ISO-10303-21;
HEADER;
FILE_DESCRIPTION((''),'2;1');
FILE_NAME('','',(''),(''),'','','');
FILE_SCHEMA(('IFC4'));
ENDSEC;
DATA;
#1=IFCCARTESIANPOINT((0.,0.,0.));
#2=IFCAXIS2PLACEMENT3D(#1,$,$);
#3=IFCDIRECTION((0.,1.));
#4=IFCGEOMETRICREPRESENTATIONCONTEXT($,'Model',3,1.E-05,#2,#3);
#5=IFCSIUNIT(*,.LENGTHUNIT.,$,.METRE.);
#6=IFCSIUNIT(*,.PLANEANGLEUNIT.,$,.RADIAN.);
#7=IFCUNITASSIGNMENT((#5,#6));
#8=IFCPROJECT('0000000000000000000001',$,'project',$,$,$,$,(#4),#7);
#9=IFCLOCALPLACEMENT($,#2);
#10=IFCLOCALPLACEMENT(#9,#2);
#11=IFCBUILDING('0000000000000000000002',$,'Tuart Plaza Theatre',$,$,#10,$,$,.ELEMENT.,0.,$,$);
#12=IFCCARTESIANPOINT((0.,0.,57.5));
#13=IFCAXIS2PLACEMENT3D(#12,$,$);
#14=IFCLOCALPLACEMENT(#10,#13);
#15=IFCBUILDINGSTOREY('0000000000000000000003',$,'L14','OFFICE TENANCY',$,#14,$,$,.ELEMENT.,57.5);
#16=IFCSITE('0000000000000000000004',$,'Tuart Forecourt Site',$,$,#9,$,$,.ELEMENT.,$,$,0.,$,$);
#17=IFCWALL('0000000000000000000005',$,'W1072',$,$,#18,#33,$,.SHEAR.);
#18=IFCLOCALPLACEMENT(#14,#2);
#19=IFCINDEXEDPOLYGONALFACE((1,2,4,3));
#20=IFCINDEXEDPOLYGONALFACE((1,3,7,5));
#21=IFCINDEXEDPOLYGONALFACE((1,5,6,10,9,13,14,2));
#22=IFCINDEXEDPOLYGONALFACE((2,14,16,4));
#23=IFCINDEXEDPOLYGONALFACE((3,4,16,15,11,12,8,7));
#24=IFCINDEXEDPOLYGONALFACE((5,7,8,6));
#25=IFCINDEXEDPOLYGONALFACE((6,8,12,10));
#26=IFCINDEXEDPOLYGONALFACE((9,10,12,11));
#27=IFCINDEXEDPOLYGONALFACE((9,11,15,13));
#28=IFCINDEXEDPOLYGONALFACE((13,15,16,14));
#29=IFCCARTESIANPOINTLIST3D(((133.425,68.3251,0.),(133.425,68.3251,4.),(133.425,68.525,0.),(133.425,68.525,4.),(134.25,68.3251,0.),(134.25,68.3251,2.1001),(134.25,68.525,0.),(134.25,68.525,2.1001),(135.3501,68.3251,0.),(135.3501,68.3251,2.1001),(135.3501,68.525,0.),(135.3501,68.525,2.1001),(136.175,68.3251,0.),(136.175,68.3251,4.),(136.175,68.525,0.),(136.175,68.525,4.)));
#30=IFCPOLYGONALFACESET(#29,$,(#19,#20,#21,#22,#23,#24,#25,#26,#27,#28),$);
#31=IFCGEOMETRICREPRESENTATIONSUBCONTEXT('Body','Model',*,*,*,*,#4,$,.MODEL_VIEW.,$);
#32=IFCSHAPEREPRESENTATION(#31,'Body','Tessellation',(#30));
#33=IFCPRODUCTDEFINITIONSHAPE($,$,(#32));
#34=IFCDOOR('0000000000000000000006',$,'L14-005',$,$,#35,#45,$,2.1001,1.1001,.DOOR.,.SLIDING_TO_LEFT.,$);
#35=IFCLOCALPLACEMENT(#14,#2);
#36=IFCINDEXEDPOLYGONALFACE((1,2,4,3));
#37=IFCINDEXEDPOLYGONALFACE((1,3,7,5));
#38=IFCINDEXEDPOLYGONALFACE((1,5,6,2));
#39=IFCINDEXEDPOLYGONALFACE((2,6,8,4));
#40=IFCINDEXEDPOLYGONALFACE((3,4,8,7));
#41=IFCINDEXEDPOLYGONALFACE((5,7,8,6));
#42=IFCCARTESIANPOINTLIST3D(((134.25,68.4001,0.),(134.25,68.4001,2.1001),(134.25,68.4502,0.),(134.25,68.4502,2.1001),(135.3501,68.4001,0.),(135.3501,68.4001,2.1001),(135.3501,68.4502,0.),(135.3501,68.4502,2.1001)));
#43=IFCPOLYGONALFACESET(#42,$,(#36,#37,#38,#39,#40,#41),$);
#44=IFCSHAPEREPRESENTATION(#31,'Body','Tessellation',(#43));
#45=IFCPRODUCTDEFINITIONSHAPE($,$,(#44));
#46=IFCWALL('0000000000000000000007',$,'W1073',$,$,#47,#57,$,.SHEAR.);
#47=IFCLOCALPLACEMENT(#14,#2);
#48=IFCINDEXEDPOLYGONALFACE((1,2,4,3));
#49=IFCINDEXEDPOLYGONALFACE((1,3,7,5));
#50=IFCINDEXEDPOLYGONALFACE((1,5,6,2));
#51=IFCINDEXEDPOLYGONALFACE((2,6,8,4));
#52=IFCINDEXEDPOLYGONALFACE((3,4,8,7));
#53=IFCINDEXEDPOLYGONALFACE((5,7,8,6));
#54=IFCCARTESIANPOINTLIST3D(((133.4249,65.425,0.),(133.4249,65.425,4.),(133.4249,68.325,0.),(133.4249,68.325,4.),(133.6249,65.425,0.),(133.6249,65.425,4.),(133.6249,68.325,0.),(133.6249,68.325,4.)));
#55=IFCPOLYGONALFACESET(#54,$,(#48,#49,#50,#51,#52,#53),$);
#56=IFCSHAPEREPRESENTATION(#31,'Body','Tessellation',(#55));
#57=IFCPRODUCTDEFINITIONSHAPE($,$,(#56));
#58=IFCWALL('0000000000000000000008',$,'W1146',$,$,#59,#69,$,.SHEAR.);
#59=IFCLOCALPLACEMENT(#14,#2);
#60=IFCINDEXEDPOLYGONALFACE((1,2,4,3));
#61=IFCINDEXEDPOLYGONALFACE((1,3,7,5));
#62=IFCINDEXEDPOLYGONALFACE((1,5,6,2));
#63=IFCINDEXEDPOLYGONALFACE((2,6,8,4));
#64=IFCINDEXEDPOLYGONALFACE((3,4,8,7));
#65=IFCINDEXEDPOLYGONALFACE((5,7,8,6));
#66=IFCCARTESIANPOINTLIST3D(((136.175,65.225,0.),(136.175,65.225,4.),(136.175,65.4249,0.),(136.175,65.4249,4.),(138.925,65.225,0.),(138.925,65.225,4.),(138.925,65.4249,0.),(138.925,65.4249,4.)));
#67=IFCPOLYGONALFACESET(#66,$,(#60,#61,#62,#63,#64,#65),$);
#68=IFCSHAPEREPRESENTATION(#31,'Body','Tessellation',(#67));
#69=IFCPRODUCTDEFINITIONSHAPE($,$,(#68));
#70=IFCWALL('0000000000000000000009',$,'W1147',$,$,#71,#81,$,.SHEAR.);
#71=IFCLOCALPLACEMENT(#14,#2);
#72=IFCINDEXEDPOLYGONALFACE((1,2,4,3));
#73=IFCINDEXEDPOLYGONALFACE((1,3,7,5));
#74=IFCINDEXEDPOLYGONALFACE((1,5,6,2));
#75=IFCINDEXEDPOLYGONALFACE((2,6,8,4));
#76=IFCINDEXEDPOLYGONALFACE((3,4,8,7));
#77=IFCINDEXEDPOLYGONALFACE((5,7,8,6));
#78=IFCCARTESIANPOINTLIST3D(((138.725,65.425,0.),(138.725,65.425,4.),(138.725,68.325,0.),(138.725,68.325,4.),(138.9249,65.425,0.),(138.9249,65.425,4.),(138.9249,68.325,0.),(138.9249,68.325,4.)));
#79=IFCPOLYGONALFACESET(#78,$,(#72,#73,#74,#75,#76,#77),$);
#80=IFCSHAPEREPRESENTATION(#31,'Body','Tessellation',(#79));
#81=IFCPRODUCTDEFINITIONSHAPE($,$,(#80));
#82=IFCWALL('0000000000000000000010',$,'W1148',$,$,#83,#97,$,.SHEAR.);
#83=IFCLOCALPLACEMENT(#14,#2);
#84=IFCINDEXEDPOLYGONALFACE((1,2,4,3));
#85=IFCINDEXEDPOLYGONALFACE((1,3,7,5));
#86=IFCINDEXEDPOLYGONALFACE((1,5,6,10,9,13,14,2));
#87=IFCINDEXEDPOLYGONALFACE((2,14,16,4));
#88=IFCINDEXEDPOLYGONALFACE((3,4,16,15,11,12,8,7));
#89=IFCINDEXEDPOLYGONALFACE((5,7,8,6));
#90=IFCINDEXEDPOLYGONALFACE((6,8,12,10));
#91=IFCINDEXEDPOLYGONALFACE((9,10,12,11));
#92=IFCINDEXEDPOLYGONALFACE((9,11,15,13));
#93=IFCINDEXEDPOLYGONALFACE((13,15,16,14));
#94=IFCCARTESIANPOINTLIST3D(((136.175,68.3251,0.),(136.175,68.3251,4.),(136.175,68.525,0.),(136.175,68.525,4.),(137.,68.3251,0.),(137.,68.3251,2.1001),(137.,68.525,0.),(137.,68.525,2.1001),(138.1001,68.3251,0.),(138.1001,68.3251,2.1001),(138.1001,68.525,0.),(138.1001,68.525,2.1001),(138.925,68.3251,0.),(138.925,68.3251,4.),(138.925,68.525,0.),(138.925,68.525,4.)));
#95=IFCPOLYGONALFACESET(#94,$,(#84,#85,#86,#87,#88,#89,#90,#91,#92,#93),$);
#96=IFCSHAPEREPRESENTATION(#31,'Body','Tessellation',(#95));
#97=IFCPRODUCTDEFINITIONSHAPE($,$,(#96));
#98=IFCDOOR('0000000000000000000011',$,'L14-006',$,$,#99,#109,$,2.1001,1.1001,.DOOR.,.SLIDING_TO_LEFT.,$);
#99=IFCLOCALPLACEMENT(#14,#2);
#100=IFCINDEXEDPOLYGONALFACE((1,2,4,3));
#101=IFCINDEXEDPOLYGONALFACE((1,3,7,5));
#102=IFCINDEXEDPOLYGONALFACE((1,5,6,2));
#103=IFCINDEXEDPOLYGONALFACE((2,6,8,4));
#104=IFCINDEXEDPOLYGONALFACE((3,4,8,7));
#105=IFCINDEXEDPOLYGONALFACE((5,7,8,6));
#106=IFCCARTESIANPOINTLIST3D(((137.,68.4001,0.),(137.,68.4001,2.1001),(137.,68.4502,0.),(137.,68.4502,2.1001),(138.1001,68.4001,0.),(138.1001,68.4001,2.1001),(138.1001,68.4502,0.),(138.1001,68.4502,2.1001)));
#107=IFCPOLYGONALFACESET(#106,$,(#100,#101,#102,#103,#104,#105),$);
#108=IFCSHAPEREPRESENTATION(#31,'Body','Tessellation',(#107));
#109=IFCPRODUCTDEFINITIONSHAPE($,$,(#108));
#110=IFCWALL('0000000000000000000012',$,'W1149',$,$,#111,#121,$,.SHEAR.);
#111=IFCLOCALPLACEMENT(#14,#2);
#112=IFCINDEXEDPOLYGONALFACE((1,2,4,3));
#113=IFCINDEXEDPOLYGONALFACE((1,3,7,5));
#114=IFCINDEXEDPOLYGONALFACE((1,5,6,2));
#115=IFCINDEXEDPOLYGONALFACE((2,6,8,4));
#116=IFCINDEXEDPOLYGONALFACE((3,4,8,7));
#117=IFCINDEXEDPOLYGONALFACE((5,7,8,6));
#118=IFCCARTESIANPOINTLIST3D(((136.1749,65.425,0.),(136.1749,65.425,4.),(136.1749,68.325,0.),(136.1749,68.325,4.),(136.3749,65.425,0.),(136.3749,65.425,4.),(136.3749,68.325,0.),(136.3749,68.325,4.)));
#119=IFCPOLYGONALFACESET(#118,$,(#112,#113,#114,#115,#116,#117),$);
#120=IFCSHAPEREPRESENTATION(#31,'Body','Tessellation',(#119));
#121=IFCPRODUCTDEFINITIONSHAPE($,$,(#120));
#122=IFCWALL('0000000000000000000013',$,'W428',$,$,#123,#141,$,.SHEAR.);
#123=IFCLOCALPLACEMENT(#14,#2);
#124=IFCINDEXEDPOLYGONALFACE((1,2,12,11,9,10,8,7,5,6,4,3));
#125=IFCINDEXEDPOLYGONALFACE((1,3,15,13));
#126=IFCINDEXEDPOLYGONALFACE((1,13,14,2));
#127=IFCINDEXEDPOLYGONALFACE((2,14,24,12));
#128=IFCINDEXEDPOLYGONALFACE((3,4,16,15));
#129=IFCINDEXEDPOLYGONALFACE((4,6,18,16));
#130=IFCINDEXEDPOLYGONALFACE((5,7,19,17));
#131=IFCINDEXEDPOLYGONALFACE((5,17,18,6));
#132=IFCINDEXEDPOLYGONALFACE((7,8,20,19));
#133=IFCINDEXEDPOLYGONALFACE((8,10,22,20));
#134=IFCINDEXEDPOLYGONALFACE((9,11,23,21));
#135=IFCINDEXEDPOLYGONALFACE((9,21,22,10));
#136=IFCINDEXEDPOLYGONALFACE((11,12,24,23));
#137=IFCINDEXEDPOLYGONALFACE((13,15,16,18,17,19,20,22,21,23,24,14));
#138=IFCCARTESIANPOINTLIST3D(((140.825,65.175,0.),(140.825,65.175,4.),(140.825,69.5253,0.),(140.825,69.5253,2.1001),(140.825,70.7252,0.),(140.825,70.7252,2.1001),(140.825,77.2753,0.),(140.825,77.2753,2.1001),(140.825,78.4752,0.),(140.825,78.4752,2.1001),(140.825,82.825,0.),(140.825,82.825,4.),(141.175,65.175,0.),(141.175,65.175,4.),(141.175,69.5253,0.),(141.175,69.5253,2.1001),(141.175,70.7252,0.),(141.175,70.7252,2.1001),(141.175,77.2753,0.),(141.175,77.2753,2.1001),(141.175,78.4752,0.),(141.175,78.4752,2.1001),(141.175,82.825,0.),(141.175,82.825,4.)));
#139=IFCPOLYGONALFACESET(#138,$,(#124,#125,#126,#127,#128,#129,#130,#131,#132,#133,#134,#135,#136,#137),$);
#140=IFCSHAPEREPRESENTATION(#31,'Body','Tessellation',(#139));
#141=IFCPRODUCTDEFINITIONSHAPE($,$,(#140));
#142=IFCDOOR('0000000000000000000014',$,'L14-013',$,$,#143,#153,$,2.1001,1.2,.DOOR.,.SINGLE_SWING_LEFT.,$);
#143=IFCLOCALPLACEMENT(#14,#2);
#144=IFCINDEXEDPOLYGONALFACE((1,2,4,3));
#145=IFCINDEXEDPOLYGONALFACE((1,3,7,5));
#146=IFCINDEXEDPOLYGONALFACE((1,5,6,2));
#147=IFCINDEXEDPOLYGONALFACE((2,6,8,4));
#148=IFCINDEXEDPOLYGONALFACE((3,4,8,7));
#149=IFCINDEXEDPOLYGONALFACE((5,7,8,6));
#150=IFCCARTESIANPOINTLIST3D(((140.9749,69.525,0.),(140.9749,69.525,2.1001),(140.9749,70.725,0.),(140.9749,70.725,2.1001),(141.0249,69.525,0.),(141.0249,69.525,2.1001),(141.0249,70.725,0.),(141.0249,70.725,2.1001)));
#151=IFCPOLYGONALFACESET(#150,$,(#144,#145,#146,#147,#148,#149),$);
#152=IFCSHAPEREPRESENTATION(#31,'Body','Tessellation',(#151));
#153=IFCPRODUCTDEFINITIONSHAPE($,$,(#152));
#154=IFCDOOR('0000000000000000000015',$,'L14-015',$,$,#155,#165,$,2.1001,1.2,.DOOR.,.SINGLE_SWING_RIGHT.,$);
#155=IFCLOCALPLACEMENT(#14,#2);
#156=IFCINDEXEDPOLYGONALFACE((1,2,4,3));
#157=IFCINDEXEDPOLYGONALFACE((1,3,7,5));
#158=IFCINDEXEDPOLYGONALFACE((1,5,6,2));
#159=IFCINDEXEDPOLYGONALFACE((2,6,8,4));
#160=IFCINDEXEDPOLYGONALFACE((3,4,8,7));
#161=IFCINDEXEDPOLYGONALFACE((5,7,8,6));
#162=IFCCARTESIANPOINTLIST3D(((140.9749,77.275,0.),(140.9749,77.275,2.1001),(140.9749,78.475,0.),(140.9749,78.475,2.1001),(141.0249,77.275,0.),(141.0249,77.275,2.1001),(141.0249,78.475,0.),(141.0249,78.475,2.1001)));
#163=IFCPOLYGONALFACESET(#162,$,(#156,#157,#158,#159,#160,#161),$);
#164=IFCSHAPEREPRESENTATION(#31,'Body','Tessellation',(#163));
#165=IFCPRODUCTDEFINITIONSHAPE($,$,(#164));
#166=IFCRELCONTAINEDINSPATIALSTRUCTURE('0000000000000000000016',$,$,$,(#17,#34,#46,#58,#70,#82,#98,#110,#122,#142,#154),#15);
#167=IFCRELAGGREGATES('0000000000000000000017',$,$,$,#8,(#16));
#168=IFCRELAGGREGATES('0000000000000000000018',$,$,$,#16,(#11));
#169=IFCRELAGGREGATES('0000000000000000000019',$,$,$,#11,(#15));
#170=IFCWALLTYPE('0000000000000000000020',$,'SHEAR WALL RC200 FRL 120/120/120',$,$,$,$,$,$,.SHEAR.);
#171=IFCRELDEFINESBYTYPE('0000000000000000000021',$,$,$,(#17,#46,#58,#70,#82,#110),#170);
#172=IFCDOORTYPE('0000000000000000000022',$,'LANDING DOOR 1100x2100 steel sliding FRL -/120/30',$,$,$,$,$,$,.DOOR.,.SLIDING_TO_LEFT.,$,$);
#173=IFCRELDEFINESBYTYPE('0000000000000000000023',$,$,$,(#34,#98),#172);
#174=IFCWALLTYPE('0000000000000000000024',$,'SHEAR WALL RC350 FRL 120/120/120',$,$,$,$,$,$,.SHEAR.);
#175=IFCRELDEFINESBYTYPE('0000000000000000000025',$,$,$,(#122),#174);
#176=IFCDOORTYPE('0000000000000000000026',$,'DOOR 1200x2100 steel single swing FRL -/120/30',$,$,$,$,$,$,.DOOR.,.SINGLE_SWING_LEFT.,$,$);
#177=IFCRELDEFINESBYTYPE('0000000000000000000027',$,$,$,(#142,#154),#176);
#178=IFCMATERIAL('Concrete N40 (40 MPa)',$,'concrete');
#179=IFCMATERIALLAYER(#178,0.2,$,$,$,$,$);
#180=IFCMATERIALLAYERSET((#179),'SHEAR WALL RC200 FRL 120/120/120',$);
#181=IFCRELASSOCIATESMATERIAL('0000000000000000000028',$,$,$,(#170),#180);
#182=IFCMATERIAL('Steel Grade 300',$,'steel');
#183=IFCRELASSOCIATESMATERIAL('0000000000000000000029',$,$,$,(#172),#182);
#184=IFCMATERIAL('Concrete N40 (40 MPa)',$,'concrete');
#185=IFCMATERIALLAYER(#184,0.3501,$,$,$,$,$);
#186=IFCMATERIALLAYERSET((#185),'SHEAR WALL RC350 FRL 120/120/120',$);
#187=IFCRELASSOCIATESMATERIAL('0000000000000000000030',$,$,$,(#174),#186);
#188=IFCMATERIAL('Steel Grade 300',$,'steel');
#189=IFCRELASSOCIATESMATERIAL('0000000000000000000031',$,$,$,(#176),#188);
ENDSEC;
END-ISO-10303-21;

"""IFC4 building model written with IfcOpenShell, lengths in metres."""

from ifc_helpers import new_model, si_unit, direction, frame, frame_2d, origin, place, context, subcontext, project, spatial, rectangle, extrude, material, layer, layer_set, type_object, element, fill, save


model = new_model("IFC4")

# Units and contexts
model_context = context("Model", 3, precision=1e-05, world=origin(), true_north=direction((0.0, 1.0)))
body_context = subcontext(model_context, "Body", "Model", "MODEL_VIEW")
ifc_project = project(units=[si_unit("LENGTHUNIT", "METRE"), si_unit("PLANEANGLEUNIT", "RADIAN")], contexts=[model_context])

# Site, building, storey
site_placement = place(None, origin())
site = spatial("IfcSite", under=ifc_project, at=site_placement, Name="Tuart Forecourt Site", CompositionType="ELEMENT", RefElevation=0.0)
building_placement = place(site_placement, origin())
building = spatial("IfcBuilding", under=site, at=building_placement, Name="Tuart Plaza Theatre", CompositionType="ELEMENT", ElevationOfRefHeight=0.0)
storey_placement = place(building_placement, frame((0.0, 0.0, 57.5)))
storey = spatial("IfcBuildingStorey", under=building, at=storey_placement, Name="L14", Description="OFFICE TENANCY", CompositionType="ELEMENT", Elevation=57.5)

# Shared definitions
ifc_material_1 = material(Name="Concrete N40 (40 MPa)", Category="concrete")
ifc_layer_1 = layer(ifc_material_1, 0.2)
ifc_layer_set_1 = layer_set([ifc_layer_1], Name="SHEAR WALL RC200 FRL 120/120/120")
wall_type_1 = type_object("IfcWallType", Name="SHEAR WALL RC200 FRL 120/120/120", PredefinedType="SHEAR", material=ifc_layer_set_1)

# Wall, opening, door
wall_1_placement = place(storey_placement, frame((136.175, 68.425, 0.0), z_axis=(0.0, 0.0, 1.0), x_axis=(-1.0, 0.0, 0.0)))
wall_1 = element("IfcWall", 1, at=wall_1_placement, inside=storey, type_object=wall_type_1, Name="W1072", PredefinedType="SHEAR", context=body_context, shape_type="SweptSolid", body=[
    extrude(rectangle(XDim=2.75, YDim=0.2, at=frame_2d((1.375, 0.0))), origin(), (0.0, 0.0, 1.0), 4.0),
])
opening_1_placement = place(wall_1_placement, frame((0.825, 0.0, 0.0)))
opening_1 = element("IfcOpeningElement", 2, at=opening_1_placement, cuts=wall_1, PredefinedType="OPENING", context=body_context, shape_type="SweptSolid", body=[
    extrude(rectangle(XDim=1.1001, YDim=2.1001, at=frame_2d((0.55, 1.05))), frame((0.0, 0.1099, 0.0), z_axis=(0.0, -1.0, 0.0), x_axis=(1.0, 0.0, 0.0)), (0.0, 0.0, 1.0), 0.22),
])
ifc_material_2 = material(Name="Steel Grade 300", Category="steel")
door_type_1 = type_object("IfcDoorType", Name="LANDING DOOR 1100x2100 steel sliding FRL -/120/30", OperationType="SLIDING_TO_LEFT", PredefinedType="DOOR", material=ifc_material_2)
door_1_placement = place(opening_1_placement, origin())
door_1 = element("IfcDoor", 3, at=door_1_placement, inside=storey, type_object=door_type_1, Name="L14-005", OperationType="SLIDING_TO_LEFT", OverallHeight=2.1001, OverallWidth=1.1001, PredefinedType="DOOR", context=body_context, shape_type="SweptSolid", body=[
    extrude(rectangle(XDim=1.1001, YDim=2.1001, at=frame_2d((0.55, 1.05))), frame((0.0, 0.0249, 0.0), z_axis=(0.0, -1.0, 0.0), x_axis=(1.0, 0.0, 0.0)), (0.0, 0.0, 1.0), 0.05),
])
fill(opening_1, door_1)

# Walls
wall_2_placement = place(storey_placement, frame((133.5249, 68.325, 0.0), z_axis=(0.0, 0.0, 1.0), x_axis=(0.0, -1.0, 0.0)))
element("IfcWall", 4, at=wall_2_placement, inside=storey, type_object=wall_type_1, Name="W1073", PredefinedType="SHEAR", context=body_context, shape_type="SweptSolid", body=[
    extrude(rectangle(XDim=2.8999, YDim=0.2, at=frame_2d((1.45, 0.0))), origin(), (0.0, 0.0, 1.0), 4.0),
])
wall_3_placement = place(storey_placement, frame((136.175, 65.325, 0.0), z_axis=(0.0, 0.0, 1.0), x_axis=(1.0, 0.0, 0.0)))
element("IfcWall", 5, at=wall_3_placement, inside=storey, type_object=wall_type_1, Name="W1146", PredefinedType="SHEAR", context=body_context, shape_type="SweptSolid", body=[
    extrude(rectangle(XDim=2.75, YDim=0.2, at=frame_2d((1.375, 0.0))), origin(), (0.0, 0.0, 1.0), 4.0),
])
wall_4_placement = place(storey_placement, frame((138.825, 65.425, 0.0), z_axis=(0.0, 0.0, 1.0), x_axis=(0.0, 1.0, 0.0)))
element("IfcWall", 6, at=wall_4_placement, inside=storey, type_object=wall_type_1, Name="W1147", PredefinedType="SHEAR", context=body_context, shape_type="SweptSolid", body=[
    extrude(rectangle(XDim=2.8999, YDim=0.2, at=frame_2d((1.45, 0.0))), origin(), (0.0, 0.0, 1.0), 4.0),
])

# Wall, opening, door
wall_5_placement = place(storey_placement, frame((138.925, 68.425, 0.0), z_axis=(0.0, 0.0, 1.0), x_axis=(-1.0, 0.0, 0.0)))
wall_5 = element("IfcWall", 7, at=wall_5_placement, inside=storey, type_object=wall_type_1, Name="W1148", PredefinedType="SHEAR", context=body_context, shape_type="SweptSolid", body=[
    extrude(rectangle(XDim=2.75, YDim=0.2, at=frame_2d((1.375, 0.0))), origin(), (0.0, 0.0, 1.0), 4.0),
])
opening_2_placement = place(wall_5_placement, frame((0.825, 0.0, 0.0)))
opening_2 = element("IfcOpeningElement", 8, at=opening_2_placement, cuts=wall_5, PredefinedType="OPENING", context=body_context, shape_type="SweptSolid", body=[
    extrude(rectangle(XDim=1.1001, YDim=2.1001, at=frame_2d((0.55, 1.05))), frame((0.0, 0.1099, 0.0), z_axis=(0.0, -1.0, 0.0), x_axis=(1.0, 0.0, 0.0)), (0.0, 0.0, 1.0), 0.22),
])
door_2_placement = place(opening_2_placement, origin())
door_2 = element("IfcDoor", 9, at=door_2_placement, inside=storey, type_object=door_type_1, Name="L14-006", OperationType="SLIDING_TO_LEFT", OverallHeight=2.1001, OverallWidth=1.1001, PredefinedType="DOOR", context=body_context, shape_type="SweptSolid", body=[
    extrude(rectangle(XDim=1.1001, YDim=2.1001, at=frame_2d((0.55, 1.05))), frame((0.0, 0.0249, 0.0), z_axis=(0.0, -1.0, 0.0), x_axis=(1.0, 0.0, 0.0)), (0.0, 0.0, 1.0), 0.05),
])
fill(opening_2, door_2)

# Wall
wall_6_placement = place(storey_placement, frame((136.2749, 68.325, 0.0), z_axis=(0.0, 0.0, 1.0), x_axis=(0.0, -1.0, 0.0)))
element("IfcWall", 10, at=wall_6_placement, inside=storey, type_object=wall_type_1, Name="W1149", PredefinedType="SHEAR", context=body_context, shape_type="SweptSolid", body=[
    extrude(rectangle(XDim=2.8999, YDim=0.2, at=frame_2d((1.45, 0.0))), origin(), (0.0, 0.0, 1.0), 4.0),
])

# Wall, openings, doors
ifc_material_3 = material(Name="Concrete N40 (40 MPa)", Category="concrete")
ifc_layer_2 = layer(ifc_material_3, 0.3501)
ifc_layer_set_2 = layer_set([ifc_layer_2], Name="SHEAR WALL RC350 FRL 120/120/120")
wall_type_2 = type_object("IfcWallType", Name="SHEAR WALL RC350 FRL 120/120/120", PredefinedType="SHEAR", material=ifc_layer_set_2)
wall_7_placement = place(storey_placement, frame((141.0, 65.175, 0.0), z_axis=(0.0, 0.0, 1.0), x_axis=(0.0, 1.0, 0.0)))
wall_7 = element("IfcWall", 11, at=wall_7_placement, inside=storey, type_object=wall_type_2, Name="W428", PredefinedType="SHEAR", context=body_context, shape_type="SweptSolid", body=[
    extrude(rectangle(XDim=17.6499, YDim=0.3501, at=frame_2d((8.825, 0.0))), origin(), (0.0, 0.0, 1.0), 4.0),
])
opening_3_placement = place(wall_7_placement, frame((4.3501, 0.0, 0.0)))
opening_3 = element("IfcOpeningElement", 12, at=opening_3_placement, cuts=wall_7, PredefinedType="OPENING", context=body_context, shape_type="SweptSolid", body=[
    extrude(rectangle(XDim=1.2, YDim=2.1001, at=frame_2d((0.6001, 1.05))), frame((0.0, 0.1851, 0.0), z_axis=(0.0, -1.0, 0.0), x_axis=(1.0, 0.0, 0.0)), (0.0, 0.0, 1.0), 0.3701),
])
opening_4_placement = place(wall_7_placement, frame((12.1001, 0.0, 0.0)))
opening_4 = element("IfcOpeningElement", 13, at=opening_4_placement, cuts=wall_7, PredefinedType="OPENING", context=body_context, shape_type="SweptSolid", body=[
    extrude(rectangle(XDim=1.2, YDim=2.1001, at=frame_2d((0.6001, 1.05))), frame((0.0, 0.1851, 0.0), z_axis=(0.0, -1.0, 0.0), x_axis=(1.0, 0.0, 0.0)), (0.0, 0.0, 1.0), 0.3701),
])
ifc_material_4 = material(Name="Steel Grade 300", Category="steel")
door_type_2 = type_object("IfcDoorType", Name="DOOR 1200x2100 steel single swing FRL -/120/30", OperationType="SINGLE_SWING_LEFT", PredefinedType="DOOR", material=ifc_material_4)
door_3_placement = place(opening_3_placement, frame((1.2, 0.0, 0.0), z_axis=(0.0, 0.0, 1.0), x_axis=(-1.0, 0.0, 0.0)))
door_3 = element("IfcDoor", 14, at=door_3_placement, inside=storey, type_object=door_type_2, Name="L14-013", OperationType="SINGLE_SWING_LEFT", OverallHeight=2.1001, OverallWidth=1.2, PredefinedType="DOOR", context=body_context, shape_type="SweptSolid", body=[
    extrude(rectangle(XDim=1.2, YDim=2.1001, at=frame_2d((0.6001, 1.05))), frame((0.0, 0.0249, 0.0), z_axis=(0.0, -1.0, 0.0), x_axis=(1.0, 0.0, 0.0)), (0.0, 0.0, 1.0), 0.05),
])
fill(opening_3, door_3)
door_4_placement = place(opening_4_placement, frame((1.2, 0.0, 0.0), z_axis=(0.0, 0.0, 1.0), x_axis=(-1.0, 0.0, 0.0)))
door_4 = element("IfcDoor", 15, at=door_4_placement, inside=storey, type_object=door_type_2, Name="L14-015", OperationType="SINGLE_SWING_RIGHT", OverallHeight=2.1001, OverallWidth=1.2, PredefinedType="DOOR", context=body_context, shape_type="SweptSolid", body=[
    extrude(rectangle(XDim=1.2, YDim=2.1001, at=frame_2d((0.6001, 1.05))), frame((0.0, 0.0249, 0.0), z_axis=(0.0, -1.0, 0.0), x_axis=(1.0, 0.0, 0.0)), (0.0, 0.0, 1.0), 0.05),
])
fill(opening_4, door_4)

save(model, "model.ifc")
